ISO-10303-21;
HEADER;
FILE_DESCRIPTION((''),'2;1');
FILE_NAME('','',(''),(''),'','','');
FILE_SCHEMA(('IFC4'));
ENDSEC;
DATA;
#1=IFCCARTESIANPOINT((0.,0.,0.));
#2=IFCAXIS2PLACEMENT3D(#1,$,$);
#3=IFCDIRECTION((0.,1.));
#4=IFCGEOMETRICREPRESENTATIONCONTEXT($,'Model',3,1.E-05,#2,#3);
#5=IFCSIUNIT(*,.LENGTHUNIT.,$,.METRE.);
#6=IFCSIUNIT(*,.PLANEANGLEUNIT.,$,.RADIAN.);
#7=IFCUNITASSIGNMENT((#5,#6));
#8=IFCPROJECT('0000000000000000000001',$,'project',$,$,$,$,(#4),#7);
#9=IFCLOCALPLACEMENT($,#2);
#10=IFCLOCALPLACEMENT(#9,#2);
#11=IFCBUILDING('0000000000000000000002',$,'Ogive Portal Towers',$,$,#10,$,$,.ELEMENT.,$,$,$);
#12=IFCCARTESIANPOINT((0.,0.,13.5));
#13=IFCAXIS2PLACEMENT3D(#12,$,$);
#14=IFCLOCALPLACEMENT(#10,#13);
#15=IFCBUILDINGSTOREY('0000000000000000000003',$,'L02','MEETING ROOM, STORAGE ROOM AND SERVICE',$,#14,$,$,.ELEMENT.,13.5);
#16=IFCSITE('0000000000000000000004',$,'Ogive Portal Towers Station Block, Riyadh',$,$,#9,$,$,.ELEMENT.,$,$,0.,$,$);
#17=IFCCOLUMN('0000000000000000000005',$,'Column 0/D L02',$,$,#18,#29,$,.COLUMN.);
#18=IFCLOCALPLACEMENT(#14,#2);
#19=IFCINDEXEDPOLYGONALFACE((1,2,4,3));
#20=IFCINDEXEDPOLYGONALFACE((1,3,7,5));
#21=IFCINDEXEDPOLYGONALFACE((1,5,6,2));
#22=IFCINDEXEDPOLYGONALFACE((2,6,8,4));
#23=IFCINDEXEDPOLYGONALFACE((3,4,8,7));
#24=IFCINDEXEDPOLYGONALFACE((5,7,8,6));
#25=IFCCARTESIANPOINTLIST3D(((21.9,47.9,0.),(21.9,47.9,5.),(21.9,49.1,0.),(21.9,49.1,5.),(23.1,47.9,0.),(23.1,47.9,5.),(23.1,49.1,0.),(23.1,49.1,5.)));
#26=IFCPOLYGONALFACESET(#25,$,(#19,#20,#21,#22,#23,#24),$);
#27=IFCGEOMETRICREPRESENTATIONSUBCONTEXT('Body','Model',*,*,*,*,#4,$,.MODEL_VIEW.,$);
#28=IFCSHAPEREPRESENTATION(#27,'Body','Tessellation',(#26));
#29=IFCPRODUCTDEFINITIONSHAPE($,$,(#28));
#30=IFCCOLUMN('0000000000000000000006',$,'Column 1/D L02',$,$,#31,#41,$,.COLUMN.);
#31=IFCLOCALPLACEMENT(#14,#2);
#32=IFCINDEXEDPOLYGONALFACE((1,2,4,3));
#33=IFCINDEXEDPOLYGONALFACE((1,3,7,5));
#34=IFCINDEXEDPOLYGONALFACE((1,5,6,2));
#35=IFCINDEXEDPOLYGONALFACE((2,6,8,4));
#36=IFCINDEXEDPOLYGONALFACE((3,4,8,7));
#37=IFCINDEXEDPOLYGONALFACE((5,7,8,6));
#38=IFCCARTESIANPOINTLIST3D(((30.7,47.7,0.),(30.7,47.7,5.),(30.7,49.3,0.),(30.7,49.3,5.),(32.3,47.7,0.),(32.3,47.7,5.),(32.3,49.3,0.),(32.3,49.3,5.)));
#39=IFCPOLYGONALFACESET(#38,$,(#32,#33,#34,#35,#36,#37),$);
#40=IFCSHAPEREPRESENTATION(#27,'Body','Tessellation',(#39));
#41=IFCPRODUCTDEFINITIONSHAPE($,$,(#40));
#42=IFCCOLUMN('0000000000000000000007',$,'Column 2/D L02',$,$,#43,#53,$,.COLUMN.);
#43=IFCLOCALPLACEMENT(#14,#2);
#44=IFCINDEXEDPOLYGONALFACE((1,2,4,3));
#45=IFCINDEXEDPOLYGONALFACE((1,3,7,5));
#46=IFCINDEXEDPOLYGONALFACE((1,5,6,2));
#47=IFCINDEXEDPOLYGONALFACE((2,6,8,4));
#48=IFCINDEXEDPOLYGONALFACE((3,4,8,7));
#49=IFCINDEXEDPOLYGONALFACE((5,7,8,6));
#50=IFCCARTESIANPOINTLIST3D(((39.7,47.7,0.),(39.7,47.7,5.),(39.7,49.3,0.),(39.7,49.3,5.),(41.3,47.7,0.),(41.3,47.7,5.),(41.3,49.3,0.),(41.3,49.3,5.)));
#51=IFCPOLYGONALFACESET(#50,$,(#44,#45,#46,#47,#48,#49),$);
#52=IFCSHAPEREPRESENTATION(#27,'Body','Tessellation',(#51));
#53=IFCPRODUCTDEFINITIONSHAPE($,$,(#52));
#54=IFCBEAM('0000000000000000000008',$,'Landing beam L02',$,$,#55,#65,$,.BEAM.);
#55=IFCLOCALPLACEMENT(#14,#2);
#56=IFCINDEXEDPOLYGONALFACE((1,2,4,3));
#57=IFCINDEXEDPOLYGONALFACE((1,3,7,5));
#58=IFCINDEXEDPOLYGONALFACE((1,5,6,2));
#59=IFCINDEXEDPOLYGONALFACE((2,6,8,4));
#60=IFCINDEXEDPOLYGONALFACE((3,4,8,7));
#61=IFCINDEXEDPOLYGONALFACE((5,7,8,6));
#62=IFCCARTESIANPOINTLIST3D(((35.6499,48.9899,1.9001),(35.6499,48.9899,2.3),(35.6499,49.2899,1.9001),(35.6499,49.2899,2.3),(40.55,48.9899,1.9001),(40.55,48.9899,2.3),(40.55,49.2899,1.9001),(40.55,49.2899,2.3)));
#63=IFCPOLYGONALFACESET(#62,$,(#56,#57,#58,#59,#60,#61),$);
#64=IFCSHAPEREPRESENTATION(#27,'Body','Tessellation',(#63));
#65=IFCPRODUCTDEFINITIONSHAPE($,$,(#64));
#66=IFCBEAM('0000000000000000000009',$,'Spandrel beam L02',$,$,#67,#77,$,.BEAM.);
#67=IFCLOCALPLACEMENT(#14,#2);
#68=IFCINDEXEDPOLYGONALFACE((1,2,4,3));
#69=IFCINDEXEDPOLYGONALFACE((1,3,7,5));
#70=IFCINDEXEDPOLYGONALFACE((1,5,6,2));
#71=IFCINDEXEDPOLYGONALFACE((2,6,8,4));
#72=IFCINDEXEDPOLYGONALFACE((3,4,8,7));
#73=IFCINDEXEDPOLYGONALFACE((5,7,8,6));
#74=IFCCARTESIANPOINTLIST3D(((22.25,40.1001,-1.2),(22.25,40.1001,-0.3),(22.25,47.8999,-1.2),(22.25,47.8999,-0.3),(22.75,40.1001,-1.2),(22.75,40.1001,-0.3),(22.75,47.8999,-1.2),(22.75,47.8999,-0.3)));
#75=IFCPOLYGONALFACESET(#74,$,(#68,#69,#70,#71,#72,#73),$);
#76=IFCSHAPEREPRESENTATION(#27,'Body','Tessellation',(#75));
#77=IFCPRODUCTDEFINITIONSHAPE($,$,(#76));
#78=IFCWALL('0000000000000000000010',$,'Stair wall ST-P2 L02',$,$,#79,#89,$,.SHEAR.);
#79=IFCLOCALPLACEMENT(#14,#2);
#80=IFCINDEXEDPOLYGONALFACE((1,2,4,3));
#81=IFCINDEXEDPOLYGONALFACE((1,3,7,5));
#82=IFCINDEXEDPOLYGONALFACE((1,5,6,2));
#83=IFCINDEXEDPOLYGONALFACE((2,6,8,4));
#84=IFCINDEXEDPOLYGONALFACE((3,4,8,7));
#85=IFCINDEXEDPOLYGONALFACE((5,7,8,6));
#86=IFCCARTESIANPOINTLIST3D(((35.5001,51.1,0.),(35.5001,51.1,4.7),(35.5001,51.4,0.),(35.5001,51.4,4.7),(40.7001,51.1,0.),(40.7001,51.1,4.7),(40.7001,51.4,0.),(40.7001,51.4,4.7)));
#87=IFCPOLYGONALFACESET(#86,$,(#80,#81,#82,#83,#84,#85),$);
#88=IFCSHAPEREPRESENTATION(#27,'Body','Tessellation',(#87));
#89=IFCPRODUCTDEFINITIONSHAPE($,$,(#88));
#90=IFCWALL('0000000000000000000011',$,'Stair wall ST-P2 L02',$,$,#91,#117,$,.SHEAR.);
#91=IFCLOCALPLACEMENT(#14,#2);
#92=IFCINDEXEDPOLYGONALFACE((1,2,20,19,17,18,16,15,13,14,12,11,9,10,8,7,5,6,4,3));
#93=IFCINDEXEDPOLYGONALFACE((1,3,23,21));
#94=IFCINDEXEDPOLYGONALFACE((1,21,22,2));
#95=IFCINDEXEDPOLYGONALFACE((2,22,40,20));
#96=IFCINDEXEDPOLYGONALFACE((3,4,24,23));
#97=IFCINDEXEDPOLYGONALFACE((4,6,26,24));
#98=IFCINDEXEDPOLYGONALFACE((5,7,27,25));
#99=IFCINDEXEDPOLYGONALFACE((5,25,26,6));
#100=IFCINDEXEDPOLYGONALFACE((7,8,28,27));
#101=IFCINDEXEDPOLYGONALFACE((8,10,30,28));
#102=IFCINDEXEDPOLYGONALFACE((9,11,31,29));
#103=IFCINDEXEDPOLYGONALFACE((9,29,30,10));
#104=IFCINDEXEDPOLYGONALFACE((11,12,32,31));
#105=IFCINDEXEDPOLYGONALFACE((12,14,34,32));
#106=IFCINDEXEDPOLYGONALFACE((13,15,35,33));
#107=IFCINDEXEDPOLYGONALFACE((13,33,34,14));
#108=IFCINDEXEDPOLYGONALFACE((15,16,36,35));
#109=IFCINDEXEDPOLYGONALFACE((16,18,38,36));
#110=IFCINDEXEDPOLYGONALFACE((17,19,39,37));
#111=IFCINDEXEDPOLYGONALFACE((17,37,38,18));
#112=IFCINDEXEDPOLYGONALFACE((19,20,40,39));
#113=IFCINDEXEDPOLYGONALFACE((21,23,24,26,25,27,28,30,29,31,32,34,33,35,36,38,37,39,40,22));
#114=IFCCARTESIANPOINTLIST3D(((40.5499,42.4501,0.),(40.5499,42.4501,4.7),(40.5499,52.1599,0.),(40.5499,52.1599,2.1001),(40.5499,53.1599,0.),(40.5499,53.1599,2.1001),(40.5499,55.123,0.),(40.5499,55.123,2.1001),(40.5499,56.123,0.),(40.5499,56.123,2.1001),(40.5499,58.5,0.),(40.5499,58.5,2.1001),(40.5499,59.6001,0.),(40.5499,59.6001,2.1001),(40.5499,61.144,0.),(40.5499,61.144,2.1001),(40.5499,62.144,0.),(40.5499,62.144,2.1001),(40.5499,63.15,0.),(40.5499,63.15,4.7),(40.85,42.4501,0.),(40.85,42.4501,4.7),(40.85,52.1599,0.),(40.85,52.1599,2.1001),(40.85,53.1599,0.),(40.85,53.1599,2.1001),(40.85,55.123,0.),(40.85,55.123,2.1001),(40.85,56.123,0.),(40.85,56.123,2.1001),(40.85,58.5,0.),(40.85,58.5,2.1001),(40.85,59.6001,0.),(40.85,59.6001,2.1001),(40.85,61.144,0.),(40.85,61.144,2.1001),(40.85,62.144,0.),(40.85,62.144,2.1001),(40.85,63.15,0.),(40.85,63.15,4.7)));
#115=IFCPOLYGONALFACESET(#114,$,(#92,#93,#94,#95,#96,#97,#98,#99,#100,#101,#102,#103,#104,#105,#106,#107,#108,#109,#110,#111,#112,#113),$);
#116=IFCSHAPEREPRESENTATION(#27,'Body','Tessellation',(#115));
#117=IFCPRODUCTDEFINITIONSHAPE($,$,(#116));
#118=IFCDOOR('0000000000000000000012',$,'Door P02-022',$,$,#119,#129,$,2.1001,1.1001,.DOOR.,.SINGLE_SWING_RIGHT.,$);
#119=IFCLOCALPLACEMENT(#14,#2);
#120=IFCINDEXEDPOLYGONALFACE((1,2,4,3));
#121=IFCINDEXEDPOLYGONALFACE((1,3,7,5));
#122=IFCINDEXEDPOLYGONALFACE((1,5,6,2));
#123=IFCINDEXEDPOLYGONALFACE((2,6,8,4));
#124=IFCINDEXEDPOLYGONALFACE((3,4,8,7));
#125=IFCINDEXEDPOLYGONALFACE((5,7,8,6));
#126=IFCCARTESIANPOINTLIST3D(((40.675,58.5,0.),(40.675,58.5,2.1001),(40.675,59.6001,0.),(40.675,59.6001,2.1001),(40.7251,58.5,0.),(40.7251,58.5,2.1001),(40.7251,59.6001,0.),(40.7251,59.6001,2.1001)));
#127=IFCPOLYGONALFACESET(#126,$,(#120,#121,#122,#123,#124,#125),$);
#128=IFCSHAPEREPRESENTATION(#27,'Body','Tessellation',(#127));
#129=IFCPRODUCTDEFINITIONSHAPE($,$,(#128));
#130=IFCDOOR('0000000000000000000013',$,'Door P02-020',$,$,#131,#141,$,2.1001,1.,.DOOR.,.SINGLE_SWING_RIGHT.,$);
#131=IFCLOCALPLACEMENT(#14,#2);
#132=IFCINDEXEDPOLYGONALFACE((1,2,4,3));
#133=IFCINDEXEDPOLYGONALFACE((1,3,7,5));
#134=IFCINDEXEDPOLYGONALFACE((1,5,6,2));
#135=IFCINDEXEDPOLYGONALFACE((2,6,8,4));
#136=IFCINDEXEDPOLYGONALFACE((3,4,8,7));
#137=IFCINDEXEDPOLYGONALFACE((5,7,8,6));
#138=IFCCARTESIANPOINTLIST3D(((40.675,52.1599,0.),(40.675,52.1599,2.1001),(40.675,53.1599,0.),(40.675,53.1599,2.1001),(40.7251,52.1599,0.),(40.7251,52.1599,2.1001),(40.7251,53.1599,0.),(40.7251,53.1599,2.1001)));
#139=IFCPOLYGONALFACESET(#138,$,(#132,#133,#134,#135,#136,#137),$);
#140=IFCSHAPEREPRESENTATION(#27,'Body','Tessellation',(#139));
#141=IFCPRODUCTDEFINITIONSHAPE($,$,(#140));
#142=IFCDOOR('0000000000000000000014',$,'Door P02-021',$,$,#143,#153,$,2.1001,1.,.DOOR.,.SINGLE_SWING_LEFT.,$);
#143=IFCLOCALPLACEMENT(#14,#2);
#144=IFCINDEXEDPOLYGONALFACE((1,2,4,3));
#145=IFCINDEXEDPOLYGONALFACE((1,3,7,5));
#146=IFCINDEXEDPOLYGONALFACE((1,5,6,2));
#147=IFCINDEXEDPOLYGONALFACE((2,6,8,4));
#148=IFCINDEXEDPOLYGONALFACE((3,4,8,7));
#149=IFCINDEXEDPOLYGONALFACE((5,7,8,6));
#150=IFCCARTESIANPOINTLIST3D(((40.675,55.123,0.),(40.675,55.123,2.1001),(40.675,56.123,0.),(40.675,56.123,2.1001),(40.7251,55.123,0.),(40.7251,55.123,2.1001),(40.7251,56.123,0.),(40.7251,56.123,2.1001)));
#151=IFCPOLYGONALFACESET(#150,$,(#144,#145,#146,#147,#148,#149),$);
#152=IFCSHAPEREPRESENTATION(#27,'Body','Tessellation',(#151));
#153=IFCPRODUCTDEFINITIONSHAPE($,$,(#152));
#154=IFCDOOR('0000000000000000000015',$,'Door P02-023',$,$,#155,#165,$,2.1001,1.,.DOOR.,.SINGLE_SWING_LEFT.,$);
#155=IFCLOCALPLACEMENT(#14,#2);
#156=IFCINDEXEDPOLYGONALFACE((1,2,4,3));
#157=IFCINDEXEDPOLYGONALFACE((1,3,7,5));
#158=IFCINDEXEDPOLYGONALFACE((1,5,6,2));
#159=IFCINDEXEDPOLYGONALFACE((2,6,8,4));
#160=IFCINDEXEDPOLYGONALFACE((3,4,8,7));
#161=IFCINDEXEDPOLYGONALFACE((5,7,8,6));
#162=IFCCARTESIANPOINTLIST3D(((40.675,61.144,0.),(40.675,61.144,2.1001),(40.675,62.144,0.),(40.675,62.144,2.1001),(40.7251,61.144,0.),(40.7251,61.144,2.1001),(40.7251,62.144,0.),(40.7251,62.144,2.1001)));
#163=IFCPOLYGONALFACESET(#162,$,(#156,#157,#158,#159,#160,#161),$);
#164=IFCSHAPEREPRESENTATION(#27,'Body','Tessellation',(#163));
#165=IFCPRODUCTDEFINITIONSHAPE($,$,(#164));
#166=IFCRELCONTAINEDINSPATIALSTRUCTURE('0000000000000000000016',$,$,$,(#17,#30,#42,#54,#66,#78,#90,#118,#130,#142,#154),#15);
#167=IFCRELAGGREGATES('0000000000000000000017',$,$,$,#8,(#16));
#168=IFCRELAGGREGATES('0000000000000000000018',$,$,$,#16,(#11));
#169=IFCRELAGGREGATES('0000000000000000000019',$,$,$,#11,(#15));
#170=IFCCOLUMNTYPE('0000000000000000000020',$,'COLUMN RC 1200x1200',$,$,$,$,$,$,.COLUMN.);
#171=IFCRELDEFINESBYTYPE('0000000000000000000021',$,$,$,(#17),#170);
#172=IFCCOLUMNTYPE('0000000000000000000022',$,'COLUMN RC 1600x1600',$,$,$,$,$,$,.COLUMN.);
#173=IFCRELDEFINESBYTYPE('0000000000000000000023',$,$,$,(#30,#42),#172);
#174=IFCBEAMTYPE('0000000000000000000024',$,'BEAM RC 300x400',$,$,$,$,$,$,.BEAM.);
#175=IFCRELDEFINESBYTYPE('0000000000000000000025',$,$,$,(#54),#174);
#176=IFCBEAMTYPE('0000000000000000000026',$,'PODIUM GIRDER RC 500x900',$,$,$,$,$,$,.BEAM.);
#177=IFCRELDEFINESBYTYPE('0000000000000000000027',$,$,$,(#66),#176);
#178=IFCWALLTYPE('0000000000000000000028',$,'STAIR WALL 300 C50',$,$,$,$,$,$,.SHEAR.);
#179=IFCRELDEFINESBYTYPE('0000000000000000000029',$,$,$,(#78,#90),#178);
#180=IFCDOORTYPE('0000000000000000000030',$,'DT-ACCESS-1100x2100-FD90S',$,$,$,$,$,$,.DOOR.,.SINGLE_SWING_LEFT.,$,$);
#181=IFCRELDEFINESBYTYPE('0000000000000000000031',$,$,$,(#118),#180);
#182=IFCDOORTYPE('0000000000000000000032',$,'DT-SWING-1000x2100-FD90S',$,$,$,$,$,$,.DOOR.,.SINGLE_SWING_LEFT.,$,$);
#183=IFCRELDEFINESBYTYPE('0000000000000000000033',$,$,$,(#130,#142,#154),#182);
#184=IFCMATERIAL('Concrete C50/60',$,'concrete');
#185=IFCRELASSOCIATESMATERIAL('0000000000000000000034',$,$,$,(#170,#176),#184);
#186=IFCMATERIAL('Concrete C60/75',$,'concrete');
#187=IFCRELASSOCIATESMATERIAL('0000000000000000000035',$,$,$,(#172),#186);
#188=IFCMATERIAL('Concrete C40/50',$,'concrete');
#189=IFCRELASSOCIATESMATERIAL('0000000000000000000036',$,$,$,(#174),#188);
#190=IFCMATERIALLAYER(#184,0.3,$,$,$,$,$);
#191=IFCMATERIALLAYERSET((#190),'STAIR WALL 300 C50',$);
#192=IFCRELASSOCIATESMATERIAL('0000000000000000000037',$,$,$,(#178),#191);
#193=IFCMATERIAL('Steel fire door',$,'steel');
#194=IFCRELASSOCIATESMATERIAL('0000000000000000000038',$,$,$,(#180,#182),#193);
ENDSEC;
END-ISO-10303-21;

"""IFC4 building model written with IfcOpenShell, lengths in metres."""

from ifc_helpers import new_model, si_unit, direction, frame, frame_2d, origin, origin_2d, place, context, subcontext, project, spatial, rectangle, extrude, material, layer, layer_set, material_profile, profile_set, type_object, element, fill, save


model = new_model("IFC4")

# Units and contexts
model_context = context("Model", 3, precision=1e-05, world=origin(), true_north=direction((0.0, 1.0)))
body_context = subcontext(model_context, "Body", "Model", "MODEL_VIEW")
ifc_project = project(units=[si_unit("LENGTHUNIT", "METRE"), si_unit("PLANEANGLEUNIT", "RADIAN")], contexts=[model_context])

# Site, building, storey
site_placement = place(None, origin())
site = spatial("IfcSite", under=ifc_project, at=site_placement, Name="Ogive Portal Towers Station Block, Riyadh", CompositionType="ELEMENT", RefElevation=0.0)
building_placement = place(site_placement, origin())
building = spatial("IfcBuilding", under=site, at=building_placement, Name="Ogive Portal Towers", CompositionType="ELEMENT")
storey_placement = place(building_placement, frame((0.0, 0.0, 13.5)))
storey = spatial("IfcBuildingStorey", under=building, at=storey_placement, Name="L02", Description="MEETING ROOM, STORAGE ROOM AND SERVICE", CompositionType="ELEMENT", Elevation=13.5)

# Columns
ifc_material_1 = material(Name="Concrete C50/60", Category="concrete")
ifc_material_profile_1 = material_profile(ifc_material_1, rectangle(XDim=1.2, YDim=1.2, at=origin_2d()), Name="RC 1200x1200")
ifc_profile_set_1 = profile_set([ifc_material_profile_1], Name="Concrete C50/60")
column_type_1 = type_object("IfcColumnType", Name="COLUMN RC 1200x1200", PredefinedType="COLUMN", material=ifc_profile_set_1)
column_placement = place(storey_placement, frame((22.5, 48.5, 0.0), z_axis=(0.0, 0.0, 1.0), x_axis=(1.0, 0.0, 0.0)))
element("IfcColumn", 1, at=column_placement, inside=storey, type_object=column_type_1, Name="Column 0/D L02", PredefinedType="COLUMN", context=body_context, shape_type="SweptSolid", body=[
    extrude(rectangle(XDim=1.2, YDim=1.2, at=origin_2d()), origin(), (0.0, 0.0, 1.0), 5.0),
])
ifc_material_2 = material(Name="Concrete C60/75", Category="concrete")
ifc_material_profile_2 = material_profile(ifc_material_2, rectangle(XDim=1.6001, YDim=1.6001, at=origin_2d()), Name="RC 1600x1600")
ifc_profile_set_2 = profile_set([ifc_material_profile_2], Name="Concrete C60/75")
column_type_2 = type_object("IfcColumnType", Name="COLUMN RC 1600x1600", PredefinedType="COLUMN", material=ifc_profile_set_2)
for number, where, z_axis, x_axis, name in (
    (2, (31.5, 48.5, 0.0), (0.0, 0.0, 1.0), (1.0, 0.0, 0.0), "Column 1/D L02"),
    (3, (40.5, 48.5, 0.0), (0.0, 0.0, 1.0), (1.0, 0.0, 0.0), "Column 2/D L02"),
):
    element("IfcColumn", number, at=place(storey_placement, frame(where, z_axis=z_axis, x_axis=x_axis)), inside=storey, type_object=column_type_2, Name=name, PredefinedType="COLUMN", context=body_context, shape_type="SweptSolid", body=[
        extrude(rectangle(XDim=1.6001, YDim=1.6001, at=origin_2d()), origin(), (0.0, 0.0, 1.0), 5.0),
    ])

# Beams
ifc_material_3 = material(Name="Concrete C40/50", Category="concrete")
ifc_material_profile_3 = material_profile(ifc_material_3, rectangle(XDim=0.3, YDim=0.3999, at=origin_2d()), Name="RC 300x400")
ifc_profile_set_3 = profile_set([ifc_material_profile_3], Name="Concrete C40/50")
beam_type_1 = type_object("IfcBeamType", Name="BEAM RC 300x400", PredefinedType="BEAM", material=ifc_profile_set_3)
beam_1_placement = place(storey_placement, frame((35.6499, 49.1399, 2.1001), z_axis=(1.0, 0.0, 0.0), x_axis=(0.0, 1.0, 0.0)))
element("IfcBeam", 4, at=beam_1_placement, inside=storey, type_object=beam_type_1, Name="Landing beam L02", PredefinedType="BEAM", context=body_context, shape_type="SweptSolid", body=[
    extrude(rectangle(XDim=0.3, YDim=0.3999, at=origin_2d()), origin(), (0.0, 0.0, 1.0), 4.9001),
])
ifc_material_profile_4 = material_profile(ifc_material_1, rectangle(XDim=0.5, YDim=0.8999, at=origin_2d()), Name="RC 500x900")
ifc_profile_set_4 = profile_set([ifc_material_profile_4], Name="Concrete C50/60")
beam_type_2 = type_object("IfcBeamType", Name="PODIUM GIRDER RC 500x900", PredefinedType="BEAM", material=ifc_profile_set_4)
beam_2_placement = place(storey_placement, frame((22.5, 47.8999, -0.75), z_axis=(0.0, -1.0, 0.0), x_axis=(1.0, 0.0, 0.0)))
element("IfcBeam", 5, at=beam_2_placement, inside=storey, type_object=beam_type_2, Name="Spandrel beam L02", PredefinedType="BEAM", context=body_context, shape_type="SweptSolid", body=[
    extrude(rectangle(XDim=0.5, YDim=0.8999, at=origin_2d()), origin(), (0.0, 0.0, 1.0), 7.7998),
])

# Wall
ifc_layer_1 = layer(ifc_material_1, 0.3)
ifc_layer_set_1 = layer_set([ifc_layer_1], Name="STAIR WALL 300 C50")
wall_type = type_object("IfcWallType", Name="STAIR WALL 300 C50", PredefinedType="SHEAR", material=ifc_layer_set_1)
wall_1_placement = place(storey_placement, frame((35.5, 51.25, 0.0), z_axis=(0.0, 0.0, 1.0), x_axis=(1.0, 0.0, 0.0)))
element("IfcWall", 6, at=wall_1_placement, inside=storey, type_object=wall_type, Name="Stair wall ST-P2 L02", PredefinedType="SHEAR", context=body_context, shape_type="SweptSolid", body=[
    extrude(rectangle(XDim=5.2, YDim=0.3, at=frame_2d((2.6001, 0.0))), origin(), (0.0, 0.0, 1.0), 4.7),
])

# Wall, openings, doors
wall_2_placement = place(storey_placement, frame((40.7, 42.45, 0.0), z_axis=(0.0, 0.0, 1.0), x_axis=(0.0, 1.0, 0.0)))
wall_2 = element("IfcWall", 7, at=wall_2_placement, inside=storey, type_object=wall_type, Name="Stair wall ST-P2 L02", PredefinedType="SHEAR", context=body_context, shape_type="SweptSolid", body=[
    extrude(rectangle(XDim=20.7, YDim=0.3, at=frame_2d((10.3501, 0.0))), origin(), (0.0, 0.0, 1.0), 4.7),
])
opening_1_placement = place(wall_2_placement, frame((9.71, 0.0, 0.0)))
opening_1 = element("IfcOpeningElement", 8, at=opening_1_placement, cuts=wall_2, PredefinedType="OPENING", context=body_context, shape_type="SweptSolid", body=[
    extrude(rectangle(XDim=1.0, YDim=2.1001, at=frame_2d((0.5, 1.05))), frame((0.0, 0.1602, 0.0), z_axis=(0.0, -1.0, 0.0), x_axis=(1.0, 0.0, 0.0)), (0.0, 0.0, 1.0), 0.3201),
])
opening_2_placement = place(wall_2_placement, frame((12.6731, 0.0, 0.0)))
opening_2 = element("IfcOpeningElement", 9, at=opening_2_placement, cuts=wall_2, PredefinedType="OPENING", context=body_context, shape_type="SweptSolid", body=[
    extrude(rectangle(XDim=1.0, YDim=2.1001, at=frame_2d((0.5, 1.05))), frame((0.0, 0.1602, 0.0), z_axis=(0.0, -1.0, 0.0), x_axis=(1.0, 0.0, 0.0)), (0.0, 0.0, 1.0), 0.3201),
])
opening_3_placement = place(wall_2_placement, frame((16.05, 0.0, 0.0)))
opening_3 = element("IfcOpeningElement", 10, at=opening_3_placement, cuts=wall_2, PredefinedType="OPENING", context=body_context, shape_type="SweptSolid", body=[
    extrude(rectangle(XDim=1.1001, YDim=2.1001, at=frame_2d((0.55, 1.05))), frame((0.0, 0.1602, 0.0), z_axis=(0.0, -1.0, 0.0), x_axis=(1.0, 0.0, 0.0)), (0.0, 0.0, 1.0), 0.3201),
])
opening_4_placement = place(wall_2_placement, frame((18.6941, 0.0, 0.0)))
opening_4 = element("IfcOpeningElement", 11, at=opening_4_placement, cuts=wall_2, PredefinedType="OPENING", context=body_context, shape_type="SweptSolid", body=[
    extrude(rectangle(XDim=1.0, YDim=2.1001, at=frame_2d((0.5, 1.05))), frame((0.0, 0.1602, 0.0), z_axis=(0.0, -1.0, 0.0), x_axis=(1.0, 0.0, 0.0)), (0.0, 0.0, 1.0), 0.3201),
])
ifc_material_4 = material(Name="Steel fire door", Category="steel")
door_type_1 = type_object("IfcDoorType", Name="DT-ACCESS-1100x2100-FD90S", OperationType="SINGLE_SWING_LEFT", PredefinedType="DOOR", material=ifc_material_4)
door_1_placement = place(opening_3_placement, origin())
door_1 = element("IfcDoor", 12, at=door_1_placement, inside=storey, type_object=door_type_1, Name="Door P02-022", OperationType="SINGLE_SWING_RIGHT", OverallHeight=2.1001, OverallWidth=1.1001, PredefinedType="DOOR", context=body_context, shape_type="SweptSolid", body=[
    extrude(rectangle(XDim=1.1001, YDim=2.1001, at=frame_2d((0.55, 1.05))), frame((0.0, 0.0249, 0.0), z_axis=(0.0, -1.0, 0.0), x_axis=(1.0, 0.0, 0.0)), (0.0, 0.0, 1.0), 0.05),
])
fill(opening_3, door_1)
door_type_2 = type_object("IfcDoorType", Name="DT-SWING-1000x2100-FD90S", OperationType="SINGLE_SWING_LEFT", PredefinedType="DOOR", material=ifc_material_4)
door_2_placement = place(opening_1_placement, origin())
door_2 = element("IfcDoor", 13, at=door_2_placement, inside=storey, type_object=door_type_2, Name="Door P02-020", OperationType="SINGLE_SWING_RIGHT", OverallHeight=2.1001, OverallWidth=1.0, PredefinedType="DOOR", context=body_context, shape_type="SweptSolid", body=[
    extrude(rectangle(XDim=1.0, YDim=2.1001, at=frame_2d((0.5, 1.05))), frame((0.0, 0.0249, 0.0), z_axis=(0.0, -1.0, 0.0), x_axis=(1.0, 0.0, 0.0)), (0.0, 0.0, 1.0), 0.05),
])
fill(opening_1, door_2)
door_3_placement = place(opening_2_placement, origin())
door_3 = element("IfcDoor", 14, at=door_3_placement, inside=storey, type_object=door_type_2, Name="Door P02-021", OperationType="SINGLE_SWING_LEFT", OverallHeight=2.1001, OverallWidth=1.0, PredefinedType="DOOR", context=body_context, shape_type="SweptSolid", body=[
    extrude(rectangle(XDim=1.0, YDim=2.1001, at=frame_2d((0.5, 1.05))), frame((0.0, 0.0249, 0.0), z_axis=(0.0, -1.0, 0.0), x_axis=(1.0, 0.0, 0.0)), (0.0, 0.0, 1.0), 0.05),
])
fill(opening_2, door_3)
door_4_placement = place(opening_4_placement, origin())
door_4 = element("IfcDoor", 15, at=door_4_placement, inside=storey, type_object=door_type_2, Name="Door P02-023", OperationType="SINGLE_SWING_LEFT", OverallHeight=2.1001, OverallWidth=1.0, PredefinedType="DOOR", context=body_context, shape_type="SweptSolid", body=[
    extrude(rectangle(XDim=1.0, YDim=2.1001, at=frame_2d((0.5, 1.05))), frame((0.0, 0.0249, 0.0), z_axis=(0.0, -1.0, 0.0), x_axis=(1.0, 0.0, 0.0)), (0.0, 0.0, 1.0), 0.05),
])
fill(opening_4, door_4)

save(model, "model.ifc")
